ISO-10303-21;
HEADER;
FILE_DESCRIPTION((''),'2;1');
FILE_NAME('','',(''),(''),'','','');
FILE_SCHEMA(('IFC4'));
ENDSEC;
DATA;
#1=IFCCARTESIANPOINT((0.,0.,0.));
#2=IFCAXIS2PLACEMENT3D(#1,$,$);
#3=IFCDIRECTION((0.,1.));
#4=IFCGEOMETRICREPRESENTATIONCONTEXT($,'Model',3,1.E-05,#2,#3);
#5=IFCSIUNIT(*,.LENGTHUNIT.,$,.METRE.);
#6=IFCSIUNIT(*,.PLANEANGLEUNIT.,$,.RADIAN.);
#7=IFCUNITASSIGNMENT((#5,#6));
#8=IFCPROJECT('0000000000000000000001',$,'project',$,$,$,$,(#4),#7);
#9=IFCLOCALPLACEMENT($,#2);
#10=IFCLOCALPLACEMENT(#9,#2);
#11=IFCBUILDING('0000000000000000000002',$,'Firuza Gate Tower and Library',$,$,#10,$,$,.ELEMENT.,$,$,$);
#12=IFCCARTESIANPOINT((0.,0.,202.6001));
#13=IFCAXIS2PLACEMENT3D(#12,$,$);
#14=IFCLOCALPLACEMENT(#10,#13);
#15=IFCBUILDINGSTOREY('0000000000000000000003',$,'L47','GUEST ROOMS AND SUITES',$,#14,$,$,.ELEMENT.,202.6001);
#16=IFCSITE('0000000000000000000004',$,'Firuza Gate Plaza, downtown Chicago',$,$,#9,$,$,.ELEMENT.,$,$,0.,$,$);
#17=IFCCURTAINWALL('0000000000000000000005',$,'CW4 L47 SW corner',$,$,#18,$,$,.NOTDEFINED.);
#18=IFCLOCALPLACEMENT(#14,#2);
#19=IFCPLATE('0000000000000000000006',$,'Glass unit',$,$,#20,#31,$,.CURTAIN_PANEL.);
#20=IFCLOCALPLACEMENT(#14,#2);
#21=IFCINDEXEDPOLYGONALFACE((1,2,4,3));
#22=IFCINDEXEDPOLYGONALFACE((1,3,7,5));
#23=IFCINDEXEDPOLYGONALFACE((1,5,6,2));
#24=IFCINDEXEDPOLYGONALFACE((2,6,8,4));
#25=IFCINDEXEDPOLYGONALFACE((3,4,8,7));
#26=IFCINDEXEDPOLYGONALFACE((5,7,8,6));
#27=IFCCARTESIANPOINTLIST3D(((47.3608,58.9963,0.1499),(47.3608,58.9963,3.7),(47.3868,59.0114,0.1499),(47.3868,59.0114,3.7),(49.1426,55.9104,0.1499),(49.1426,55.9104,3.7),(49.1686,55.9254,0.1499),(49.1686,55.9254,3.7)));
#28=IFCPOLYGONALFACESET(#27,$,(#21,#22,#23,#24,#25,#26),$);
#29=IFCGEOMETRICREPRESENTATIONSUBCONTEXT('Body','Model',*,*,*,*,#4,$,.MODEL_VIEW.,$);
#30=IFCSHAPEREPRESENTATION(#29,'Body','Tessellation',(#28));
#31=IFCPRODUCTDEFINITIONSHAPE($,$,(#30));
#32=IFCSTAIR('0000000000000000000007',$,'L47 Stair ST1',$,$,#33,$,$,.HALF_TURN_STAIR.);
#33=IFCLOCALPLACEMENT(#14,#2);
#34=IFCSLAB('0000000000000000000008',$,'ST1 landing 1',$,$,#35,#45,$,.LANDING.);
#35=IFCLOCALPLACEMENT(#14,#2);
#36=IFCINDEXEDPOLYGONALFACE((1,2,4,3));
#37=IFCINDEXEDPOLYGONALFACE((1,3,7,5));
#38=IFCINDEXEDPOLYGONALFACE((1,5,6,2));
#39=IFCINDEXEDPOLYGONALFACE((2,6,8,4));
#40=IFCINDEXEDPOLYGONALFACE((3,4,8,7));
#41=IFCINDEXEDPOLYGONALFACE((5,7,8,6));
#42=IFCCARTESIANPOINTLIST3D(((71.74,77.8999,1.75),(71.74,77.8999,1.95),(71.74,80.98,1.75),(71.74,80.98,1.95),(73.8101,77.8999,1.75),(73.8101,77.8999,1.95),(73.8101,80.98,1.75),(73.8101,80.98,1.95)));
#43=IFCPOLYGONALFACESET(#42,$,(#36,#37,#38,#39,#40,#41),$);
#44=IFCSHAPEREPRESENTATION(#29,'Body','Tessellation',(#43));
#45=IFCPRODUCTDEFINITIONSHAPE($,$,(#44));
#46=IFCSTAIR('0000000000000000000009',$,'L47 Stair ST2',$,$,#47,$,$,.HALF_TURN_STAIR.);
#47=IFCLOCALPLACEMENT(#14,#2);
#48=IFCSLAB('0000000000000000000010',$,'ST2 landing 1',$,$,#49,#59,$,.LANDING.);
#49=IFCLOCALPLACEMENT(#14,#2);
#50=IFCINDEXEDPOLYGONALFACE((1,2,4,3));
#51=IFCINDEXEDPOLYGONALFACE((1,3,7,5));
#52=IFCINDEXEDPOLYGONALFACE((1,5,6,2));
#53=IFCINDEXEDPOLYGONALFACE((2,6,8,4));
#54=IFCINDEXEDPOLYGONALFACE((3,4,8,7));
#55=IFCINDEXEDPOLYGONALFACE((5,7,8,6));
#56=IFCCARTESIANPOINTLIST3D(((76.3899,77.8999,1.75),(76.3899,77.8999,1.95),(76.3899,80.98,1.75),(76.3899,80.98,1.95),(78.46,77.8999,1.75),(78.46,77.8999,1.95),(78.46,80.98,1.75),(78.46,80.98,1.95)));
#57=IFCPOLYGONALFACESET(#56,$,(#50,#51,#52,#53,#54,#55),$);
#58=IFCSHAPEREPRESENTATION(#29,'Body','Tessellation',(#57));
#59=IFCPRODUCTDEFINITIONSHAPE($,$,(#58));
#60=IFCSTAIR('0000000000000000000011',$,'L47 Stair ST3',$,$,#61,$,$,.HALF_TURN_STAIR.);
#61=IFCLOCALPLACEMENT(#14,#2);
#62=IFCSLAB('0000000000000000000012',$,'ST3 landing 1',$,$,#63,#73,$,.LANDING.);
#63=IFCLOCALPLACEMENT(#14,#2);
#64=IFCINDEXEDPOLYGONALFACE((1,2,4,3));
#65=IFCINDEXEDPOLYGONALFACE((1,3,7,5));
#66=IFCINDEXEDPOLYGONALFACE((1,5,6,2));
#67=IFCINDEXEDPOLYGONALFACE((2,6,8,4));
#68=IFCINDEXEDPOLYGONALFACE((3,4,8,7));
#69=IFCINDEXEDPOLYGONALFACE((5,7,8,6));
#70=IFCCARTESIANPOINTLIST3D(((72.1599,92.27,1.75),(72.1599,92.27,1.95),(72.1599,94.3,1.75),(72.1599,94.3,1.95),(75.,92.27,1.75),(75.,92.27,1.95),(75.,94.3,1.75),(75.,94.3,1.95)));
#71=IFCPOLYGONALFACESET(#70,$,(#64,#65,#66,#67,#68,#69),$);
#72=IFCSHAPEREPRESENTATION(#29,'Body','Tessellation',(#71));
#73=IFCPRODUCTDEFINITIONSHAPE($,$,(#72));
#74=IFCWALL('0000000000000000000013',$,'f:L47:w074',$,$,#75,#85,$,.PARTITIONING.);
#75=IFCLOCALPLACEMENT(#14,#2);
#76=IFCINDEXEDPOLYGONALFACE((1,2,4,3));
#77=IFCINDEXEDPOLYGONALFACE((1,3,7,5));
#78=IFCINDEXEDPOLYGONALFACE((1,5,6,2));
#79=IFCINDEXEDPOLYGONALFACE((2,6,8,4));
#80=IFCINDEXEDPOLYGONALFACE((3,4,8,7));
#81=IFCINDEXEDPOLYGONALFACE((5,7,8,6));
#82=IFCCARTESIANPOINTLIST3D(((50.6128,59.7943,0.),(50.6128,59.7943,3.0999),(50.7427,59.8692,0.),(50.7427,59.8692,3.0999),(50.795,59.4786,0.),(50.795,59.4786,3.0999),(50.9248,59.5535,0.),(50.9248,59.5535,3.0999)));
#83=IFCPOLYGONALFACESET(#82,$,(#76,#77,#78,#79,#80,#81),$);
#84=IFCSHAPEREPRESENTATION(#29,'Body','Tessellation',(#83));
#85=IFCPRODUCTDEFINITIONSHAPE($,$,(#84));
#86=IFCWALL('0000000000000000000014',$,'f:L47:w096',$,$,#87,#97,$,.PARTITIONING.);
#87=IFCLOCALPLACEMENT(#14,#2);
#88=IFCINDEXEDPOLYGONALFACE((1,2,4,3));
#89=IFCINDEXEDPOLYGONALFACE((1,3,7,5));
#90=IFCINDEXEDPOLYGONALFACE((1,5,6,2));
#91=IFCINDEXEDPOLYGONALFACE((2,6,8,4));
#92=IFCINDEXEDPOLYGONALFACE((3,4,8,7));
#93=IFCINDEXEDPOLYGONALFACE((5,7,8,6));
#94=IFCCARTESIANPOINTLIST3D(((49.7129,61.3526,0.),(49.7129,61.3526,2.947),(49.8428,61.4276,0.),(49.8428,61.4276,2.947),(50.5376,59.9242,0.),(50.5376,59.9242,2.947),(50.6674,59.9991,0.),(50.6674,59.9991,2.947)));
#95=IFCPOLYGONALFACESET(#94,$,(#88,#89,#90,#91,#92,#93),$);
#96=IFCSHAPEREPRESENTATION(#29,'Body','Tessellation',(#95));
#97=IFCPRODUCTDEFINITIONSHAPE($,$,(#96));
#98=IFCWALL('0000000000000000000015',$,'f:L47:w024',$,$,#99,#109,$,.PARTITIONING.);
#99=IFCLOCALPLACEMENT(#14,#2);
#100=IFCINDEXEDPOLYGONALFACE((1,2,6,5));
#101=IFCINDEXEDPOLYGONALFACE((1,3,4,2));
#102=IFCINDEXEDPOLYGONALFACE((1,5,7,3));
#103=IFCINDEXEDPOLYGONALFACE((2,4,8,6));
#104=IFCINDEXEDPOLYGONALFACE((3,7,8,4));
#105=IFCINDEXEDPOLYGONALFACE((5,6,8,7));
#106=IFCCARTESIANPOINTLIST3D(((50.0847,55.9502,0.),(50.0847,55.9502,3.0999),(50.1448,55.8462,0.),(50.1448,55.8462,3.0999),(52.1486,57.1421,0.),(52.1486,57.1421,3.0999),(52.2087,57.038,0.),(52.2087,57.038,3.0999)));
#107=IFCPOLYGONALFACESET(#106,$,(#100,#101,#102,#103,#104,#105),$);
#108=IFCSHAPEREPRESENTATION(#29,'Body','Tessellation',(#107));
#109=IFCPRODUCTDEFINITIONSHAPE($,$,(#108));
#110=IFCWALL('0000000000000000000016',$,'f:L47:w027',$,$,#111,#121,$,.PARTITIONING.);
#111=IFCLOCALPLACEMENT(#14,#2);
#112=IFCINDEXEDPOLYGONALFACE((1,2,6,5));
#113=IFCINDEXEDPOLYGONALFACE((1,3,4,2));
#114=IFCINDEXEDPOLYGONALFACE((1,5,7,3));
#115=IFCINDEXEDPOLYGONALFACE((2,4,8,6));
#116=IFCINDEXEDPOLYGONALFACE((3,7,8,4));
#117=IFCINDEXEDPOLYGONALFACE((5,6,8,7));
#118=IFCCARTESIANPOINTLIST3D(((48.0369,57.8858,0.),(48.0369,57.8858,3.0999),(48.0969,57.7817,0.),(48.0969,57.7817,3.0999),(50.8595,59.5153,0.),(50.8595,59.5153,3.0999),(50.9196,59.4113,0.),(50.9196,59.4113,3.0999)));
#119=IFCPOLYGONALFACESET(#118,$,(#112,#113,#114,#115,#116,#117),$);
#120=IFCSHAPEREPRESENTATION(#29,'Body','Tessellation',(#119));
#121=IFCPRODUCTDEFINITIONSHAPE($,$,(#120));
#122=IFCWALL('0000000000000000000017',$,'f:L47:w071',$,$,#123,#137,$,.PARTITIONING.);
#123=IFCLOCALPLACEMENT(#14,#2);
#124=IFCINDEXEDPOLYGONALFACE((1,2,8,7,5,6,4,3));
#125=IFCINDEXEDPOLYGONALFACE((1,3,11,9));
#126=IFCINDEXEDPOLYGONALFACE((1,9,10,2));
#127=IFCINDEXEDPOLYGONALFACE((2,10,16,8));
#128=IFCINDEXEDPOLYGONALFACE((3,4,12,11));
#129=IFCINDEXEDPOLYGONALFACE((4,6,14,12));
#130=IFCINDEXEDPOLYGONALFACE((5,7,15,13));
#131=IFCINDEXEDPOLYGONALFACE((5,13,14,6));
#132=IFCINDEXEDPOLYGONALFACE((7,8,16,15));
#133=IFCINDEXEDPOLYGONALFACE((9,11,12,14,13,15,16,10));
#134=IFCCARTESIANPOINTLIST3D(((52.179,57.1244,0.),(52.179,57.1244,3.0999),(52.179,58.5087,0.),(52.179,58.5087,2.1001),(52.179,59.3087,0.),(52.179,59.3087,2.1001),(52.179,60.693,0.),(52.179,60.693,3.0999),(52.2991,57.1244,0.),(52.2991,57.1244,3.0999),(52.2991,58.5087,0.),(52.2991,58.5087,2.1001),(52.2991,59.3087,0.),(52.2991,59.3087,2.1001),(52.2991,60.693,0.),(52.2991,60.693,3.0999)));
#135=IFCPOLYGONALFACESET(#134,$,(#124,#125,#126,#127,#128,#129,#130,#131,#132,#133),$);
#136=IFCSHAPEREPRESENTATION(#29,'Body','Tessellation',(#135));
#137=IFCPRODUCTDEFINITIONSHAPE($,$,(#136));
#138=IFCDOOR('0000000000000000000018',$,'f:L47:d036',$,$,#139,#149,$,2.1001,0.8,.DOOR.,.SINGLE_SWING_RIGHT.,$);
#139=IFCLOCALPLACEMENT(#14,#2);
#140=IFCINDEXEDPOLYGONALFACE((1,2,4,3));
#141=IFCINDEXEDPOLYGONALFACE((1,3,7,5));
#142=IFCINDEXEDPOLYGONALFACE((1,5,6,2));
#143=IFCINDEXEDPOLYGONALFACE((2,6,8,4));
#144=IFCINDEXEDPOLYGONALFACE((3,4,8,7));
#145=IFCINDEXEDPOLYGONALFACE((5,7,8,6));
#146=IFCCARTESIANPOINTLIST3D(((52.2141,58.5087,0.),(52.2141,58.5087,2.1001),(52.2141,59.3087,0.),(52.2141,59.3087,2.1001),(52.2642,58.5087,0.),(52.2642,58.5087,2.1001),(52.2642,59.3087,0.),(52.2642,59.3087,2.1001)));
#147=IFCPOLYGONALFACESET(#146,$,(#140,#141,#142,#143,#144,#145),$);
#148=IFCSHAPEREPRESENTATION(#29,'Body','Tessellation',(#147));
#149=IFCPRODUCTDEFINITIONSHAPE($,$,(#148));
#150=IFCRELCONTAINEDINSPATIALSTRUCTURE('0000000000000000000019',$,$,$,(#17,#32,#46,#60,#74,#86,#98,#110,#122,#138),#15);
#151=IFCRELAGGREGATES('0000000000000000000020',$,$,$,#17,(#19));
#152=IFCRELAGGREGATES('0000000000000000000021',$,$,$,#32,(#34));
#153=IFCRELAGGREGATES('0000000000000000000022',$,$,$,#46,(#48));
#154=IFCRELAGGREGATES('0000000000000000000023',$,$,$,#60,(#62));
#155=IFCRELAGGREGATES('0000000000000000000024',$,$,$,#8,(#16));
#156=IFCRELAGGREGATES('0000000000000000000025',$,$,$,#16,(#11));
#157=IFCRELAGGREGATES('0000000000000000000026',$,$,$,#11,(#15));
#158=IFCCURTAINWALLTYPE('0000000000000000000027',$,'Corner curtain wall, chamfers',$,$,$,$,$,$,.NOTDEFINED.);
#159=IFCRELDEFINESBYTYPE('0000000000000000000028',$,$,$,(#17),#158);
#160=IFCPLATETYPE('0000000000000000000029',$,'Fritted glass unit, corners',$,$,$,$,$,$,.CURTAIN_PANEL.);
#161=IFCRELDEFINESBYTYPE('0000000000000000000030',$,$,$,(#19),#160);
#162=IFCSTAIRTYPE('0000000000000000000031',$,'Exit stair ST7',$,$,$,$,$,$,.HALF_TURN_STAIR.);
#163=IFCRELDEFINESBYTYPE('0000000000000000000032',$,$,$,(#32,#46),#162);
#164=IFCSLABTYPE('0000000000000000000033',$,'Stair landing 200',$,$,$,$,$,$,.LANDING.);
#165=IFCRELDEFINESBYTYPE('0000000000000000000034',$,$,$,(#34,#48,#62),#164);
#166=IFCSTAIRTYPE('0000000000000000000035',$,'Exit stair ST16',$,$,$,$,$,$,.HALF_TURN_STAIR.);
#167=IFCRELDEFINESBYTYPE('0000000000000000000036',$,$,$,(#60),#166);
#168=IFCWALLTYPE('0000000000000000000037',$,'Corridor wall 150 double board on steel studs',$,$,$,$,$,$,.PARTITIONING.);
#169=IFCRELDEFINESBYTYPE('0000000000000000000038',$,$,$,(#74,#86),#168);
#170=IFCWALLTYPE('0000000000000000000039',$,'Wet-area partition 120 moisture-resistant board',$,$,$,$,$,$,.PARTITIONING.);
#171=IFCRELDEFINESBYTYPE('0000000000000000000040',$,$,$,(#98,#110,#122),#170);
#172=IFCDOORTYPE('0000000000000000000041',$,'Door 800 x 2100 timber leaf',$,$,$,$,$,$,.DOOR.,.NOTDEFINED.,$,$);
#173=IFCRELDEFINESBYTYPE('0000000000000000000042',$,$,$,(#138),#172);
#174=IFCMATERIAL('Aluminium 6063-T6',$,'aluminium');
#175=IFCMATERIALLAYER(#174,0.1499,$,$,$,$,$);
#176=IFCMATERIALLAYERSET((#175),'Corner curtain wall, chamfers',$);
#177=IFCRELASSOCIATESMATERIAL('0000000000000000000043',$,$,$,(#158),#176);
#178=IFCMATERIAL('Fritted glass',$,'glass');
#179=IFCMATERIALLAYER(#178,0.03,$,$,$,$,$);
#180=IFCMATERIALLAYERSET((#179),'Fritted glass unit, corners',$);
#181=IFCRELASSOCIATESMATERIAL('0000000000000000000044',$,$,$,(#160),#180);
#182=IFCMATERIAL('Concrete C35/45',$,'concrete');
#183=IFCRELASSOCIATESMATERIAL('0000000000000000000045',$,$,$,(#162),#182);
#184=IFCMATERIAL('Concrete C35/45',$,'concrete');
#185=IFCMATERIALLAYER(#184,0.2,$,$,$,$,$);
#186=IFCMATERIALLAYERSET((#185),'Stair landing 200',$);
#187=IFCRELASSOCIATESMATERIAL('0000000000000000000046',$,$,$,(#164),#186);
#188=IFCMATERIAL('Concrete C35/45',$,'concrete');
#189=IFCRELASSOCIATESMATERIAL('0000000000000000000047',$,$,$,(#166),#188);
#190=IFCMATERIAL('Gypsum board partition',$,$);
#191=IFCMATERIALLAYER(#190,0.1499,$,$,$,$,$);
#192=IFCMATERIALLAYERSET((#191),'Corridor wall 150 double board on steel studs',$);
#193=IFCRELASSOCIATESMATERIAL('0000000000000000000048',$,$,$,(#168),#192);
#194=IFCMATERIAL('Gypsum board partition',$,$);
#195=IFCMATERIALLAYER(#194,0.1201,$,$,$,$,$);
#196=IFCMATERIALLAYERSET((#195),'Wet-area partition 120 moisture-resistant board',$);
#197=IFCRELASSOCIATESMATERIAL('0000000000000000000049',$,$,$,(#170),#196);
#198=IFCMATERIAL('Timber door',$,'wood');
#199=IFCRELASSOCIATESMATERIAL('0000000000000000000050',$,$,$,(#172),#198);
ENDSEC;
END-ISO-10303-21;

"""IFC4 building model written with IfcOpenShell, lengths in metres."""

from ifc_helpers import new_model, si_unit, direction, frame, frame_2d, origin, place, context, subcontext, project, spatial, polyline, rectangle, outline, extrude, material, layer, layer_set, type_object, element, fill, aggregate, save


model = new_model("IFC4")

# Units and contexts
model_context = context("Model", 3, precision=1e-05, world=origin(), true_north=direction((0.0, 1.0)))
body_context = subcontext(model_context, "Body", "Model", "MODEL_VIEW")
ifc_project = project(units=[si_unit("LENGTHUNIT", "METRE"), si_unit("PLANEANGLEUNIT", "RADIAN")], contexts=[model_context])

# Site, building, storey
site_placement = place(None, origin())
site = spatial("IfcSite", under=ifc_project, at=site_placement, Name="Firuza Gate Plaza, downtown Chicago", CompositionType="ELEMENT", RefElevation=0.0)
building_placement = place(site_placement, origin())
building = spatial("IfcBuilding", under=site, at=building_placement, Name="Firuza Gate Tower and Library", CompositionType="ELEMENT")
storey_placement = place(building_placement, frame((0.0, 0.0, 202.6001)))
storey = spatial("IfcBuildingStorey", under=building, at=storey_placement, Name="L47", Description="GUEST ROOMS AND SUITES", CompositionType="ELEMENT", Elevation=202.6001)

# Curtain wall
ifc_material_1 = material(Name="Aluminium 6063-T6", Category="aluminium")
ifc_layer_1 = layer(ifc_material_1, 0.1499)
ifc_layer_set_1 = layer_set([ifc_layer_1], Name="Corner curtain wall, chamfers")
curtain_wall_type = type_object("IfcCurtainWallType", Name="Corner curtain wall, chamfers", PredefinedType="NOTDEFINED", material=ifc_layer_set_1)
placement_1 = place(storey_placement, origin())
curtain_wall = element("IfcCurtainWall", 1, at=placement_1, inside=storey, type_object=curtain_wall_type, Name="CW4 L47 SW corner", PredefinedType="NOTDEFINED")

# Plate
ifc_material_2 = material(Name="Fritted glass", Category="glass")
ifc_layer_2 = layer(ifc_material_2, 0.03)
ifc_layer_set_2 = layer_set([ifc_layer_2], Name="Fritted glass unit, corners")
plate_type = type_object("IfcPlateType", Name="Fritted glass unit, corners", PredefinedType="CURTAIN_PANEL", material=ifc_layer_set_2)
plate_placement = place(storey_placement, frame((47.3608, 58.9963, 0.1499), z_axis=(-0.866017, -0.500015, 0.0), x_axis=(0.500015, -0.866017, 0.0)))
plate = element("IfcPlate", 2, at=plate_placement, type_object=plate_type, Name="Glass unit", PredefinedType="CURTAIN_PANEL", context=body_context, shape_type="SweptSolid", body=[
    extrude(outline(polyline([(0.0, 0.0), (3.5634, 0.0), (3.5634, 3.55), (0.0, 3.55), (0.0, 0.0)])), origin(), (0.0, 0.0, -1.0), 0.03),
])
aggregate(curtain_wall, [plate])

# Stairs, slabs
ifc_material_3 = material(Name="Concrete C35/45", Category="concrete")
stair_type_1 = type_object("IfcStairType", Name="Exit stair ST7", PredefinedType="HALF_TURN_STAIR", material=ifc_material_3)
stair_1 = element("IfcStair", 3, at=placement_1, inside=storey, type_object=stair_type_1, Name="L47 Stair ST1", PredefinedType="HALF_TURN_STAIR")
ifc_material_4 = material(Name="Concrete C35/45", Category="concrete")
ifc_layer_3 = layer(ifc_material_4, 0.2)
ifc_layer_set_3 = layer_set([ifc_layer_3], Name="Stair landing 200")
slab_type_1 = type_object("IfcSlabType", Name="Stair landing 200", PredefinedType="LANDING", material=ifc_layer_set_3)
placement_2 = place(storey_placement, frame((0.0, 0.0, 1.75)))
slab_1 = element("IfcSlab", 4, at=placement_2, type_object=slab_type_1, Name="ST1 landing 1", PredefinedType="LANDING", context=body_context, shape_type="SweptSolid", body=[
    extrude(outline(polyline([(71.74, 77.8999), (73.8101, 77.8999), (73.8101, 80.98), (71.74, 80.98), (71.74, 77.8999)])), origin(), (0.0, 0.0, 1.0), 0.2),
])
aggregate(stair_1, [slab_1])
stair_2 = element("IfcStair", 5, at=placement_1, inside=storey, type_object=stair_type_1, Name="L47 Stair ST2", PredefinedType="HALF_TURN_STAIR")
slab_2 = element("IfcSlab", 6, at=placement_2, type_object=slab_type_1, Name="ST2 landing 1", PredefinedType="LANDING", context=body_context, shape_type="SweptSolid", body=[
    extrude(outline(polyline([(78.46, 80.98), (76.3899, 80.98), (76.3899, 77.8999), (78.46, 77.8999), (78.46, 80.98)])), origin(), (0.0, 0.0, 1.0), 0.2),
])
aggregate(stair_2, [slab_2])
ifc_material_5 = material(Name="Concrete C35/45", Category="concrete")
stair_type_2 = type_object("IfcStairType", Name="Exit stair ST16", PredefinedType="HALF_TURN_STAIR", material=ifc_material_5)
stair_3 = element("IfcStair", 7, at=placement_1, inside=storey, type_object=stair_type_2, Name="L47 Stair ST3", PredefinedType="HALF_TURN_STAIR")
slab_3 = element("IfcSlab", 8, at=placement_2, type_object=slab_type_1, Name="ST3 landing 1", PredefinedType="LANDING", context=body_context, shape_type="SweptSolid", body=[
    extrude(outline(polyline([(75.0, 92.27), (75.0, 94.3), (72.1599, 94.3), (72.1599, 92.27), (75.0, 92.27)])), origin(), (0.0, 0.0, 1.0), 0.2),
])
aggregate(stair_3, [slab_3])

# Walls
ifc_material_6 = material(Name="Gypsum board partition")
ifc_layer_4 = layer(ifc_material_6, 0.1499)
ifc_layer_set_4 = layer_set([ifc_layer_4], Name="Corridor wall 150 double board on steel studs")
wall_type_1 = type_object("IfcWallType", Name="Corridor wall 150 double board on steel studs", PredefinedType="PARTITIONING", material=ifc_layer_set_4)
wall_1_placement = place(storey_placement, frame((50.8599, 59.5161, 0.0), z_axis=(0.0, 0.0, 1.0), x_axis=(-0.499742, 0.866174, 0.0)))
element("IfcWall", 9, at=wall_1_placement, inside=storey, type_object=wall_type_1, Name="f:L47:w074", PredefinedType="PARTITIONING", context=body_context, shape_type="SweptSolid", body=[
    extrude(rectangle(XDim=0.3645, YDim=0.1499, at=frame_2d((0.1821, 0.0))), origin(), (0.0, 0.0, 1.0), 3.0999),
])
wall_2_placement = place(storey_placement, frame((50.6025, 59.9617, 0.0), z_axis=(0.0, 0.0, 1.0), x_axis=(-0.499992, 0.86603, 0.0)))
element("IfcWall", 10, at=wall_2_placement, inside=storey, type_object=wall_type_1, Name="f:L47:w096", PredefinedType="PARTITIONING", context=body_context, shape_type="SweptSolid", body=[
    extrude(rectangle(XDim=1.6494, YDim=0.1499, at=frame_2d((0.8247, 0.0))), origin(), (0.0, 0.0, 1.0), 2.947),
])
ifc_material_7 = material(Name="Gypsum board partition")
ifc_layer_5 = layer(ifc_material_7, 0.1201)
ifc_layer_set_5 = layer_set([ifc_layer_5], Name="Wet-area partition 120 moisture-resistant board")
wall_type_2 = type_object("IfcWallType", Name="Wet-area partition 120 moisture-resistant board", PredefinedType="PARTITIONING", material=ifc_layer_set_5)
wall_3_placement = place(storey_placement, frame((50.1147, 55.8982, 0.0), z_axis=(0.0, 0.0, 1.0), x_axis=(0.865977, 0.500083, 0.0)))
element("IfcWall", 11, at=wall_3_placement, inside=storey, type_object=wall_type_2, Name="f:L47:w024", PredefinedType="PARTITIONING", context=body_context, shape_type="SweptSolid", body=[
    extrude(rectangle(XDim=2.3833, YDim=0.1201, at=frame_2d((1.1917, 0.0))), origin(), (0.0, 0.0, 1.0), 3.0999),
])
wall_4_placement = place(storey_placement, frame((48.0669, 57.8337, 0.0), z_axis=(0.0, 0.0, 1.0), x_axis=(0.866036, 0.499982, 0.0)))
element("IfcWall", 12, at=wall_4_placement, inside=storey, type_object=wall_type_2, Name="f:L47:w027", PredefinedType="PARTITIONING", context=body_context, shape_type="SweptSolid", body=[
    extrude(rectangle(XDim=3.2593, YDim=0.1201, at=frame_2d((1.6296, 0.0))), origin(), (0.0, 0.0, 1.0), 3.0999),
])

# Wall, opening, door
wall_5_placement = place(storey_placement, frame((52.239, 57.1245, 0.0), z_axis=(0.0, 0.0, 1.0), x_axis=(0.0, 1.0, 0.0)))
wall_5 = element("IfcWall", 13, at=wall_5_placement, inside=storey, type_object=wall_type_2, Name="f:L47:w071", PredefinedType="PARTITIONING", context=body_context, shape_type="SweptSolid", body=[
    extrude(rectangle(XDim=3.5686, YDim=0.1201, at=frame_2d((1.7842, 0.0))), origin(), (0.0, 0.0, 1.0), 3.0999),
])
opening_placement = place(wall_5_placement, frame((1.3843, 0.0, 0.0)))
opening = element("IfcOpeningElement", 14, at=opening_placement, cuts=wall_5, PredefinedType="OPENING", context=body_context, shape_type="SweptSolid", body=[
    extrude(rectangle(XDim=0.8, YDim=2.1001, at=frame_2d((0.3999, 1.05))), frame((0.0, 0.0701, 0.0), z_axis=(0.0, -1.0, 0.0), x_axis=(1.0, 0.0, 0.0)), (0.0, 0.0, 1.0), 0.1401),
])
ifc_material_8 = material(Name="Timber door", Category="wood")
door_type = type_object("IfcDoorType", Name="Door 800 x 2100 timber leaf", OperationType="NOTDEFINED", PredefinedType="DOOR", material=ifc_material_8)
door_placement = place(opening_placement, origin())
door = element("IfcDoor", 15, at=door_placement, inside=storey, type_object=door_type, Name="f:L47:d036", OperationType="SINGLE_SWING_RIGHT", OverallHeight=2.1001, OverallWidth=0.8, PredefinedType="DOOR", context=body_context, shape_type="SweptSolid", body=[
    extrude(rectangle(XDim=0.8, YDim=2.1001, at=frame_2d((0.3999, 1.05))), frame((0.0, 0.0249, 0.0), z_axis=(0.0, -1.0, 0.0), x_axis=(1.0, 0.0, 0.0)), (0.0, 0.0, 1.0), 0.05),
])
fill(opening, door)

save(model, "model.ifc")
